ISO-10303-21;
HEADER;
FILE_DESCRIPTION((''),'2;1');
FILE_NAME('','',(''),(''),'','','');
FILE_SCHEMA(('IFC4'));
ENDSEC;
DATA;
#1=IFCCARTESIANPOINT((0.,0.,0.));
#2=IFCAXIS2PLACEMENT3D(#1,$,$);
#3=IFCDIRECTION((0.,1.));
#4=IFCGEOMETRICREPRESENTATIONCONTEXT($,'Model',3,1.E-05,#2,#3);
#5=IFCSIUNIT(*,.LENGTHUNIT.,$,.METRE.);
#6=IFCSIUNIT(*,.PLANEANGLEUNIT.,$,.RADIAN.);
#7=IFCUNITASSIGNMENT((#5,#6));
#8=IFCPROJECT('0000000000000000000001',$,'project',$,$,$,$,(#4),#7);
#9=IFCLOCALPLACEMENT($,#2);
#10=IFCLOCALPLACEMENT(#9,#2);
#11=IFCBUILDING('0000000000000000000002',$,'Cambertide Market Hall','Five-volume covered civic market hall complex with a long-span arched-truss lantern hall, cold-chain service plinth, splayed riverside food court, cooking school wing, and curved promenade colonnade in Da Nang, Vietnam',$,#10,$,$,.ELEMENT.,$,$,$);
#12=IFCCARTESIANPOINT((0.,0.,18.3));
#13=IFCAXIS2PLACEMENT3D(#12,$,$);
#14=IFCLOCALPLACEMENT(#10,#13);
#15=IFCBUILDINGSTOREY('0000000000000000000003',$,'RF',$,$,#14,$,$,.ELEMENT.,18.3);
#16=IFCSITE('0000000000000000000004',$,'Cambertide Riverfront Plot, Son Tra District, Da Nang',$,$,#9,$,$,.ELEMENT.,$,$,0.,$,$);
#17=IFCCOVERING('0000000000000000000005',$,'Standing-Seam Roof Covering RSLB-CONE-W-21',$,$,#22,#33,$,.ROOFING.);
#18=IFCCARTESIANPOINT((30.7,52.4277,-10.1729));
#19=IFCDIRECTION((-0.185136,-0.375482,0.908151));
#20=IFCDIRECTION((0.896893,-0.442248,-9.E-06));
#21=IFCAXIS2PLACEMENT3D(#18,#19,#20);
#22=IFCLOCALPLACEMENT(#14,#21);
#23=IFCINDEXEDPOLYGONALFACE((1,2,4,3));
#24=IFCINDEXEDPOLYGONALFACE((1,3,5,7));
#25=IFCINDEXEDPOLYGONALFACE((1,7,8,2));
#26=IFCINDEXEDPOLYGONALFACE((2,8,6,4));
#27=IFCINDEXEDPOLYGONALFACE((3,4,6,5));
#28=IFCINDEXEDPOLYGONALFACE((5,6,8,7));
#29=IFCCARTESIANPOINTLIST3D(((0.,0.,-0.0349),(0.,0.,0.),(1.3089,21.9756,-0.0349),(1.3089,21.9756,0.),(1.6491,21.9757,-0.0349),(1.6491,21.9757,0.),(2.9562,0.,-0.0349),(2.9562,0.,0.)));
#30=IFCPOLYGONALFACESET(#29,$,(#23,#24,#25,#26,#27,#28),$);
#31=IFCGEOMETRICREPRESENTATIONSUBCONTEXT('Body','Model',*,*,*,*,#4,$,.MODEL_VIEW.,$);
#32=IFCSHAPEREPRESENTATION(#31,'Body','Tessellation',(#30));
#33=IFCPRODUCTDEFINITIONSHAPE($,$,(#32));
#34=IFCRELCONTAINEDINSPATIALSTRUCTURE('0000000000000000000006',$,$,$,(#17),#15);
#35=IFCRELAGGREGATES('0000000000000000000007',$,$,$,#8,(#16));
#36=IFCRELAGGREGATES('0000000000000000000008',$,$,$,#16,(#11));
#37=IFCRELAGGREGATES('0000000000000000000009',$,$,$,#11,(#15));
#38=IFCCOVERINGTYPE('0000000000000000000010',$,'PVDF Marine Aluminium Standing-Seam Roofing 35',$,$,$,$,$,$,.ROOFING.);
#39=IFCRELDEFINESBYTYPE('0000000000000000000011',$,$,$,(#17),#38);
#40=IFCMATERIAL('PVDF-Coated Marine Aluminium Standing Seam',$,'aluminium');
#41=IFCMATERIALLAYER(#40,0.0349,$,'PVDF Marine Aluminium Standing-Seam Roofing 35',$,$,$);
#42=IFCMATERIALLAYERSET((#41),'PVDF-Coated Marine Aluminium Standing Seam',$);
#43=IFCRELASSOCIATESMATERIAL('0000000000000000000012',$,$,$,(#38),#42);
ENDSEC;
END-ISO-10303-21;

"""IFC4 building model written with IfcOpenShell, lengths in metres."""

from ifc_helpers import new_model, si_unit, direction, frame, origin, place, context, subcontext, project, spatial, polyline, outline, extrude, material, layer, layer_set, type_object, element, save


model = new_model("IFC4")

# Units and contexts
model_context = context("Model", 3, precision=1e-05, world=origin(), true_north=direction((0.0, 1.0)))
body_context = subcontext(model_context, "Body", "Model", "MODEL_VIEW")
ifc_project = project(units=[si_unit("LENGTHUNIT", "METRE"), si_unit("PLANEANGLEUNIT", "RADIAN")], contexts=[model_context])

# Site, building, storey
site_placement = place(None, origin())
site = spatial("IfcSite", under=ifc_project, at=site_placement, Name="Cambertide Riverfront Plot, Son Tra District, Da Nang", CompositionType="ELEMENT", RefElevation=0.0)
building_placement = place(site_placement, origin())
building = spatial("IfcBuilding", under=site, at=building_placement, Name="Cambertide Market Hall", Description="Five-volume covered civic market hall complex with a long-span arched-truss lantern hall, cold-chain service plinth, splayed riverside food court, cooking school wing, and curved promenade colonnade in Da Nang, Vietnam", CompositionType="ELEMENT")
storey_placement = place(building_placement, frame((0.0, 0.0, 18.3)))
storey = spatial("IfcBuildingStorey", under=building, at=storey_placement, Name="RF", CompositionType="ELEMENT", Elevation=18.3)

# Covering
ifc_material_1 = material(Name="PVDF-Coated Marine Aluminium Standing Seam", Category="aluminium")
ifc_layer_1 = layer(ifc_material_1, 0.0349, Name="PVDF Marine Aluminium Standing-Seam Roofing 35")
ifc_layer_set_1 = layer_set([ifc_layer_1], Name="PVDF-Coated Marine Aluminium Standing Seam")
covering_type = type_object("IfcCoveringType", Name="PVDF Marine Aluminium Standing-Seam Roofing 35", PredefinedType="ROOFING", material=ifc_layer_set_1)
covering_1_placement = place(storey_placement, frame((30.7, 52.4277, -10.1729), z_axis=(-0.185136, -0.375482, 0.908151), x_axis=(0.896893, -0.442248, -0.000009)))
element("IfcCovering", 1, at=covering_1_placement, inside=storey, type_object=covering_type, Name="Standing-Seam Roof Covering RSLB-CONE-W-21", PredefinedType="ROOFING", context=body_context, shape_type="SweptSolid", body=[
    extrude(outline(polyline([(0.0, 0.0), (2.9562, 0.0), (1.6491, 21.9757), (1.3089, 21.9756), (0.0, 0.0)])), origin(), (0.0, 0.0, -1.0), 0.0349),
])

save(model, "model.ifc")
